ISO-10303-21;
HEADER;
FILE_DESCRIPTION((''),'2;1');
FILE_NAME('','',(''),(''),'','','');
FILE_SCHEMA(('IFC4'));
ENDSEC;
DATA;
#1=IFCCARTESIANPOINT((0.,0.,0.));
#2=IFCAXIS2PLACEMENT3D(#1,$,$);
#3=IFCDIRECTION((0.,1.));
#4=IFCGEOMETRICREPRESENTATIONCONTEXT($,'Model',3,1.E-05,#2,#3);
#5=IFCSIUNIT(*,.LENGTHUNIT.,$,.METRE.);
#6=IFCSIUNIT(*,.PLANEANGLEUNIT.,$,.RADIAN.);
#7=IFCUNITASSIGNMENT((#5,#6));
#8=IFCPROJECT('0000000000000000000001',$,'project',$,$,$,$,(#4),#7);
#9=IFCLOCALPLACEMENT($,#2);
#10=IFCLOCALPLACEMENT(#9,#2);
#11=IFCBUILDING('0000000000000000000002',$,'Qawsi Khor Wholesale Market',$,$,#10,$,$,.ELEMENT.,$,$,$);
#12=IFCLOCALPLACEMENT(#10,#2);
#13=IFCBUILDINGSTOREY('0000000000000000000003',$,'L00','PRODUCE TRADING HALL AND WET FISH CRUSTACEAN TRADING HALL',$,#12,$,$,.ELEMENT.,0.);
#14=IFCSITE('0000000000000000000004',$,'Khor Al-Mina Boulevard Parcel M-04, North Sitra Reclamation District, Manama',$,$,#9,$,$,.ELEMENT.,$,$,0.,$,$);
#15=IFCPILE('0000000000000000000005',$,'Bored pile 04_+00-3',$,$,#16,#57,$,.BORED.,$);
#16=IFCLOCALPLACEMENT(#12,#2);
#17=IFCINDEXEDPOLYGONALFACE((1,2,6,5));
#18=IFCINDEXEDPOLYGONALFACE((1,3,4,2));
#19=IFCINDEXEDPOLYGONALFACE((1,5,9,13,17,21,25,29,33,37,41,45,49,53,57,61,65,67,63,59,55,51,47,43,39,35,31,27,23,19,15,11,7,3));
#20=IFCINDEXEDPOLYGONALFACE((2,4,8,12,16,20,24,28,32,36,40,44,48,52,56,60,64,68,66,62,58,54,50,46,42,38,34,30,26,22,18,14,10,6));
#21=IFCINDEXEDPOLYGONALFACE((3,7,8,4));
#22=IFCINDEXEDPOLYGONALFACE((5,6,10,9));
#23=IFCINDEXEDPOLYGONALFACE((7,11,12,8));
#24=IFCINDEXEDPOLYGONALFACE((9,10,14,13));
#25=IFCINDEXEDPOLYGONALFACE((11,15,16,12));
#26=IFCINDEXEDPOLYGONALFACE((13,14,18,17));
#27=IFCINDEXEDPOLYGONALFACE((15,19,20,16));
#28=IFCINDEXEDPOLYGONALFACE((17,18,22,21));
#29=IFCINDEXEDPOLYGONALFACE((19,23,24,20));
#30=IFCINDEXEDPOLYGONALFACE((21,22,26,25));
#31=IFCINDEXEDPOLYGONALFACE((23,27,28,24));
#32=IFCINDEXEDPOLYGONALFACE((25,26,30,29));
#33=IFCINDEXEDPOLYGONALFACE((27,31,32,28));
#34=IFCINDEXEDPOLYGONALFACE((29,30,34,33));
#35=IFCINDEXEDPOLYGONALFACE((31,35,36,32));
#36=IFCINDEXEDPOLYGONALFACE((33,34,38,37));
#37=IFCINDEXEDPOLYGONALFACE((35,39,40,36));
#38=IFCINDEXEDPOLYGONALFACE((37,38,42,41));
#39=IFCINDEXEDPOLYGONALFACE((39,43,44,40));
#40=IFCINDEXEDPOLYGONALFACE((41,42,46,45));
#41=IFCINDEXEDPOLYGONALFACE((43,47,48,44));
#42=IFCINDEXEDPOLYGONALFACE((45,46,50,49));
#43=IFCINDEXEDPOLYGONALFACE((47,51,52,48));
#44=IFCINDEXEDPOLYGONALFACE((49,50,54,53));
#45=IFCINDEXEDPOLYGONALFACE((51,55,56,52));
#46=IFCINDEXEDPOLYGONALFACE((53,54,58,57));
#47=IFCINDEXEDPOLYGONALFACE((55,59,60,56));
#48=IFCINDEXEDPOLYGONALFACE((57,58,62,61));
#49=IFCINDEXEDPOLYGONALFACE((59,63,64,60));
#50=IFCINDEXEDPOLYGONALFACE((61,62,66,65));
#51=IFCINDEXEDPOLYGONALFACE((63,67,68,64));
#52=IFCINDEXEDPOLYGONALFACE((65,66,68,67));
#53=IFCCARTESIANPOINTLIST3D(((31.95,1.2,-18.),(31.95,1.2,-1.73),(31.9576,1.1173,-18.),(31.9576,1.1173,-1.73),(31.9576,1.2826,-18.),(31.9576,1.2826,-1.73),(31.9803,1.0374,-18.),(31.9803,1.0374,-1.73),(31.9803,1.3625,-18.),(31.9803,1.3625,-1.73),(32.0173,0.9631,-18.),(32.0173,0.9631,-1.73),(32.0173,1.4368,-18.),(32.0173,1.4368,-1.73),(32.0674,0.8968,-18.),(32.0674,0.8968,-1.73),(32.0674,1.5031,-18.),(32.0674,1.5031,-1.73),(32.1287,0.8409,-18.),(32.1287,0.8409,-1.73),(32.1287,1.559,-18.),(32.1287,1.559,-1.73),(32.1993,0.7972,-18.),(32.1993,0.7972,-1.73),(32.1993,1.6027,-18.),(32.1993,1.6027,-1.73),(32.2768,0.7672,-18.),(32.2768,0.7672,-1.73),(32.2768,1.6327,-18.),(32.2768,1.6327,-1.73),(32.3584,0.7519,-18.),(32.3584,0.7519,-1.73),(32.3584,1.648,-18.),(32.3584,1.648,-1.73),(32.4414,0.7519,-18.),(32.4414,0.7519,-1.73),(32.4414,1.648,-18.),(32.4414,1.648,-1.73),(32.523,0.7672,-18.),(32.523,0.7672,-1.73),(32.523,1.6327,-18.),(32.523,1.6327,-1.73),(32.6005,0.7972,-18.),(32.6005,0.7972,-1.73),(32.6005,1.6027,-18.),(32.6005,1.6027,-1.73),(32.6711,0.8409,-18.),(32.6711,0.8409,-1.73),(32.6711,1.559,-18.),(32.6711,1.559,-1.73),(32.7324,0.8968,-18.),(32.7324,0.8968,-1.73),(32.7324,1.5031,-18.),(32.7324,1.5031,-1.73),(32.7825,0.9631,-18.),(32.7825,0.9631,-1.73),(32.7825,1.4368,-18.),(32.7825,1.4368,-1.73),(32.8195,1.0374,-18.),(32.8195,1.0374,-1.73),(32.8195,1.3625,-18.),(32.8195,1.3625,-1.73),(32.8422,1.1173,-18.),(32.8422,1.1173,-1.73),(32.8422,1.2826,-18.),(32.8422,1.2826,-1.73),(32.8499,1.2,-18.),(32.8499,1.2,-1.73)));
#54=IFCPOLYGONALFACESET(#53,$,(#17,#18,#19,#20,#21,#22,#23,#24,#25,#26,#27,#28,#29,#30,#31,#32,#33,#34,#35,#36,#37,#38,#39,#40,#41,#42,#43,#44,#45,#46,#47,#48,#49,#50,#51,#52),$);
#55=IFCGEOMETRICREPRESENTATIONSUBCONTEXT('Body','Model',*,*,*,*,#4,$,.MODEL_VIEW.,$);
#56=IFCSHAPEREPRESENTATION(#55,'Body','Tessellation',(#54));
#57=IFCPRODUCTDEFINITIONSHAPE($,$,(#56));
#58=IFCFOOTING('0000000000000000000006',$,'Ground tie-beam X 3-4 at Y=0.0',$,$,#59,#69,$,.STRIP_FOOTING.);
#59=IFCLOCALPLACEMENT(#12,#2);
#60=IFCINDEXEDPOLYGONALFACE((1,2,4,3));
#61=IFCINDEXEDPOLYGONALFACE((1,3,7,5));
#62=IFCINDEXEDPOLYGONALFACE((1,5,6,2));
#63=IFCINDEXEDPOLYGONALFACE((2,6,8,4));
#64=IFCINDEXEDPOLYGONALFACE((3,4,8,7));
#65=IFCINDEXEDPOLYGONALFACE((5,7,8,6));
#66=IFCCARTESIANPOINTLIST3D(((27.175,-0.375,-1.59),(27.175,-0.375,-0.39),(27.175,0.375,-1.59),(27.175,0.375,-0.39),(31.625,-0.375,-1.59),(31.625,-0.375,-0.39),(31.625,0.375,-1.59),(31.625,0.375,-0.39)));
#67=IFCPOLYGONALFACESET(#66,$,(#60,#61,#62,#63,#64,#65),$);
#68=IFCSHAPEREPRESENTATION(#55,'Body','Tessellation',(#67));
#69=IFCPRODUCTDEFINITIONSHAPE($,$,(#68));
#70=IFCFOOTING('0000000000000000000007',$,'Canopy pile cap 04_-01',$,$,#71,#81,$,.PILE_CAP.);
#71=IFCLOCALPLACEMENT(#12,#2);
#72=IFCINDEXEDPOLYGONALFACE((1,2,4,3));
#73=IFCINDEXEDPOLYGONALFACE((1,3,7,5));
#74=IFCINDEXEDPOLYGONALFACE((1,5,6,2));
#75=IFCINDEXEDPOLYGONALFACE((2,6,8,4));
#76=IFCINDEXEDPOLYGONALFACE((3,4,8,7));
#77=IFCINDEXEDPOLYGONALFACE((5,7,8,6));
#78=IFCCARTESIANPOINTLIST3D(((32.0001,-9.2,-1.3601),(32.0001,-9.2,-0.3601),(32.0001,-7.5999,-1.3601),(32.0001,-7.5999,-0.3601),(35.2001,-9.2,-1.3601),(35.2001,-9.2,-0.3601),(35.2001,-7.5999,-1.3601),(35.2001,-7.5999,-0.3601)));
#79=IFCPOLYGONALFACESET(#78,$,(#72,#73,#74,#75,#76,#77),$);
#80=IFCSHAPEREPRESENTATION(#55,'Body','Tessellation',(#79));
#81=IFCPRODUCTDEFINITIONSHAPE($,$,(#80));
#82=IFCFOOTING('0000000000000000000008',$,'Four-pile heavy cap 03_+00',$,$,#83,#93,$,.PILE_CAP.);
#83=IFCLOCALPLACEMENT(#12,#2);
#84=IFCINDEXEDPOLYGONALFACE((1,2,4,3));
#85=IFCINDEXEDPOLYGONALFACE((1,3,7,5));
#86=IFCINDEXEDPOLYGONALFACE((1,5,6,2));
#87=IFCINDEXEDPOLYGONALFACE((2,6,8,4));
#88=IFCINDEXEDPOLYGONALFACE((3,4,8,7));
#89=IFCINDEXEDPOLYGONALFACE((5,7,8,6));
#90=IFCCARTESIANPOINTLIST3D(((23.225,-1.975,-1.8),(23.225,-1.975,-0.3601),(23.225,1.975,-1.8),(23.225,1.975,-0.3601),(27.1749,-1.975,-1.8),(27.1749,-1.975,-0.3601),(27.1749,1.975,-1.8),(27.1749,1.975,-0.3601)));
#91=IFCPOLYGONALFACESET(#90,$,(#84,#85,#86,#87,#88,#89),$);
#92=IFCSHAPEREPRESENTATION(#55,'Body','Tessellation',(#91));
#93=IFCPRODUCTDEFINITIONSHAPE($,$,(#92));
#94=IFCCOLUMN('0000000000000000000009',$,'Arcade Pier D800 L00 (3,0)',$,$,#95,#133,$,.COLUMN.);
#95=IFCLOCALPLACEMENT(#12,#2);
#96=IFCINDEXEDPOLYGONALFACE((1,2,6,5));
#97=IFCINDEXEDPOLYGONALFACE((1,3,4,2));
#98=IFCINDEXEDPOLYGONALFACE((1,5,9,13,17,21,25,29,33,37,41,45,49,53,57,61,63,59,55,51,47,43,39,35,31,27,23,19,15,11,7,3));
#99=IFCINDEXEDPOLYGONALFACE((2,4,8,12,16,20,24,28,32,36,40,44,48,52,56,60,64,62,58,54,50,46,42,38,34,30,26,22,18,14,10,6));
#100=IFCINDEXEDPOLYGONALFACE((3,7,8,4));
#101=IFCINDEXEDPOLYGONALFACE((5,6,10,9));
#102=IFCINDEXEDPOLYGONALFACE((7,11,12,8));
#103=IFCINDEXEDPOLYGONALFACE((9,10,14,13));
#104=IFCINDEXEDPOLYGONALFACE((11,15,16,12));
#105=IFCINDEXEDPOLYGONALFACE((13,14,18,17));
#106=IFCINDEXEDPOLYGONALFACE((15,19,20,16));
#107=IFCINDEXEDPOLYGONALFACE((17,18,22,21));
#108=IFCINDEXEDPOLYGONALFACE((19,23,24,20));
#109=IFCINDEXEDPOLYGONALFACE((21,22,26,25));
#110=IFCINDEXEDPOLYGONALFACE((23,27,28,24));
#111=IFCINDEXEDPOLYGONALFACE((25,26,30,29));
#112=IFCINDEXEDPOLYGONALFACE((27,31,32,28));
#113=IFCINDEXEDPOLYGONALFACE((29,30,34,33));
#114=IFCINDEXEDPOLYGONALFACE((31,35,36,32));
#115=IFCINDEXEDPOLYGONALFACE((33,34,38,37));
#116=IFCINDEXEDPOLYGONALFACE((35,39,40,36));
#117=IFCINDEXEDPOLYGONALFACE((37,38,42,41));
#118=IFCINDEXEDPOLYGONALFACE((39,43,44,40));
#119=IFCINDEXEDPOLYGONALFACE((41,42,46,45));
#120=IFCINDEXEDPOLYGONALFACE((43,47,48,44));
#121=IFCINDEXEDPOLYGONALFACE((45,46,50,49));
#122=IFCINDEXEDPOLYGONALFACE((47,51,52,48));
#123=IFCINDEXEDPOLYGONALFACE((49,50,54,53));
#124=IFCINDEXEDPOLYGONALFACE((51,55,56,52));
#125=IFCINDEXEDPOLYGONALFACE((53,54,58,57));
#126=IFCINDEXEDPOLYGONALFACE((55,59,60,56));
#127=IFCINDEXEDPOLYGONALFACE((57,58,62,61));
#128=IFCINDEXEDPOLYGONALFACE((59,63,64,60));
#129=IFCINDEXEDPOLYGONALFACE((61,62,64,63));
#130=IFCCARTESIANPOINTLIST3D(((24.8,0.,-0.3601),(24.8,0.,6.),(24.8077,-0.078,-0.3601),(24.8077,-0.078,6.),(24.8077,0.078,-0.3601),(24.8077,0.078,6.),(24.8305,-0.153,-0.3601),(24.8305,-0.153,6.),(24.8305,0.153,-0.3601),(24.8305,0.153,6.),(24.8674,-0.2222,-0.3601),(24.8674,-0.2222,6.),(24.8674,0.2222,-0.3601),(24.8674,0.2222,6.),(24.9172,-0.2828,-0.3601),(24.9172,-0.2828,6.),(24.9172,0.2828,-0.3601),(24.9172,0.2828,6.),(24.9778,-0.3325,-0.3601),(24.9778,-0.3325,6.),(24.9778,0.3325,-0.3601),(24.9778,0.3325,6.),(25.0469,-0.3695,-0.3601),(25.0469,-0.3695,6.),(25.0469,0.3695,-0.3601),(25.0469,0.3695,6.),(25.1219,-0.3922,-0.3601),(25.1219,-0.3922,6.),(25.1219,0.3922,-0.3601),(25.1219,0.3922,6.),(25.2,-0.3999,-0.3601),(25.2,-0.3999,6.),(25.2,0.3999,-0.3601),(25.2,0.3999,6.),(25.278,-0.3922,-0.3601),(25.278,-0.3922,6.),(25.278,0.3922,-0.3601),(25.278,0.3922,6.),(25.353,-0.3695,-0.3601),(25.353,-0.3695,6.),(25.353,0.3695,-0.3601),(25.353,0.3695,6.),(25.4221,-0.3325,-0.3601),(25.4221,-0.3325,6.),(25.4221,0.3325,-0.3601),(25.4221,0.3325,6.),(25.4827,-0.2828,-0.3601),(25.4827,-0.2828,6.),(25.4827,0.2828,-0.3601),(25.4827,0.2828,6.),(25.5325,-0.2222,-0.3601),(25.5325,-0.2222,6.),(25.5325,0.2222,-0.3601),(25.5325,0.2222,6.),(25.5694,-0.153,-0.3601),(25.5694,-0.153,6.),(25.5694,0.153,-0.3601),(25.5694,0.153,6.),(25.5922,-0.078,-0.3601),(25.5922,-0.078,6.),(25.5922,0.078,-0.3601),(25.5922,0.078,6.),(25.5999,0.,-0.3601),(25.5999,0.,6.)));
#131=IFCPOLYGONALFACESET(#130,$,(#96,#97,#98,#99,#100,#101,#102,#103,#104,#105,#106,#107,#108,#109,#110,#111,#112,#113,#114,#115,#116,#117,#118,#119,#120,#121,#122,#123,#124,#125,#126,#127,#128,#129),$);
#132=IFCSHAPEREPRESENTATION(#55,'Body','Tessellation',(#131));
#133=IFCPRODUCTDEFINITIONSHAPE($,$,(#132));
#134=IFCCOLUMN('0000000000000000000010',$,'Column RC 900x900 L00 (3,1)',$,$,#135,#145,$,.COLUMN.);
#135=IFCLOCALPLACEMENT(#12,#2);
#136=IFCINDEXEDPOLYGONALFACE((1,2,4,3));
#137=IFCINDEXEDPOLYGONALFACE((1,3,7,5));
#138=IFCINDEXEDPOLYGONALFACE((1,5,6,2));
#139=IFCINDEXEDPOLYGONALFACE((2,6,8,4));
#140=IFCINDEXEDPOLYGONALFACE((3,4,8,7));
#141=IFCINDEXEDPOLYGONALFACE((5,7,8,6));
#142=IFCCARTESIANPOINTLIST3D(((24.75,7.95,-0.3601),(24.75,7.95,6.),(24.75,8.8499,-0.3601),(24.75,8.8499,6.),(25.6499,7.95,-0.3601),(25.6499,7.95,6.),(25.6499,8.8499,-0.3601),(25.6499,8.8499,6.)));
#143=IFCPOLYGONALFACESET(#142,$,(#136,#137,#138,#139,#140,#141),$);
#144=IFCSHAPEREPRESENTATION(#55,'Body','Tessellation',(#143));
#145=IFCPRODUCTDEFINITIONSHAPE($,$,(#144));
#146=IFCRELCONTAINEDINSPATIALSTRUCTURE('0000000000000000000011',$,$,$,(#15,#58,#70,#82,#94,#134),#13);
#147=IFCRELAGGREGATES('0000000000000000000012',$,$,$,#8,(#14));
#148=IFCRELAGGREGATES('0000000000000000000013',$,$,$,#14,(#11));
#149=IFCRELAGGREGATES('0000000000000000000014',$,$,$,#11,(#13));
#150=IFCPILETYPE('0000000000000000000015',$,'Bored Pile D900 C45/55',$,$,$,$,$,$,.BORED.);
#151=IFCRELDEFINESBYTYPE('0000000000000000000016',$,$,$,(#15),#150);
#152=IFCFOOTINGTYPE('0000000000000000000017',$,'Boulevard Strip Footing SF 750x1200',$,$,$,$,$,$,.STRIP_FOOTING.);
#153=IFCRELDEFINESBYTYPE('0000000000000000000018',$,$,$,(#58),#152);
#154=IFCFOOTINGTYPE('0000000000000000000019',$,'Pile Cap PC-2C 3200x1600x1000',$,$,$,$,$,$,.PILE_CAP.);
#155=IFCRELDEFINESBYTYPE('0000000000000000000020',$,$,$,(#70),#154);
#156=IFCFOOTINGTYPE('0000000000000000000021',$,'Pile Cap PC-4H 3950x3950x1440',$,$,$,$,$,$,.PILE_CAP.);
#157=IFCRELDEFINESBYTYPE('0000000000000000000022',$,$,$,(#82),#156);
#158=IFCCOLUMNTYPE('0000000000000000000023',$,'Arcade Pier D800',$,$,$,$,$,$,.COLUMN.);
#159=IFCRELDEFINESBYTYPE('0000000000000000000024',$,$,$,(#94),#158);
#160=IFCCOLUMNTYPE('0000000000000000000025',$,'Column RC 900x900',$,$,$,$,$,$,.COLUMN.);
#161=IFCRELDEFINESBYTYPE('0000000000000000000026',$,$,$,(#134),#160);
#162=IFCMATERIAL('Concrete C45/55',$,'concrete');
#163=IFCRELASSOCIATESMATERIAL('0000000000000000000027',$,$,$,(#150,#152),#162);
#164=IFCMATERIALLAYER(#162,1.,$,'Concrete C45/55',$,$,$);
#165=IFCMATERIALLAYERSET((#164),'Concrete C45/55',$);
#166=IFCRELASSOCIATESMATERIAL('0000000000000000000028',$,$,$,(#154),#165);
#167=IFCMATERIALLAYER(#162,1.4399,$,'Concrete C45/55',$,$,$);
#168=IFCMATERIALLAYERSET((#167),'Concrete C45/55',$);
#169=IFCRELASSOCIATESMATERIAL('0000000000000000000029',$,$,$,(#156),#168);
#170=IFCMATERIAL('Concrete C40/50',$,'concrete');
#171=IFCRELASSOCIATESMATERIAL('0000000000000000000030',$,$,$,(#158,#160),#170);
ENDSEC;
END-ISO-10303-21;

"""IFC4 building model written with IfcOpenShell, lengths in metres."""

from ifc_helpers import new_model, si_unit, direction, frame, origin, origin_2d, place, context, subcontext, project, spatial, rectangle, circle, extrude, material, layer, layer_set, material_profile, profile_set, type_object, element, save


model = new_model("IFC4")

# Units and contexts
model_context = context("Model", 3, precision=1e-05, world=origin(), true_north=direction((0.0, 1.0)))
body_context = subcontext(model_context, "Body", "Model", "MODEL_VIEW")
ifc_project = project(units=[si_unit("LENGTHUNIT", "METRE"), si_unit("PLANEANGLEUNIT", "RADIAN")], contexts=[model_context])

# Site, building, storey
site_placement = place(None, origin())
site = spatial("IfcSite", under=ifc_project, at=site_placement, Name="Khor Al-Mina Boulevard Parcel M-04, North Sitra Reclamation District, Manama", CompositionType="ELEMENT", RefElevation=0.0)
building_placement = place(site_placement, origin())
building = spatial("IfcBuilding", under=site, at=building_placement, Name="Qawsi Khor Wholesale Market", CompositionType="ELEMENT")
storey_placement = place(building_placement, origin())
storey = spatial("IfcBuildingStorey", under=building, at=storey_placement, Name="L00", Description="PRODUCE TRADING HALL AND WET FISH CRUSTACEAN TRADING HALL", CompositionType="ELEMENT", Elevation=0.0)

# Pile
ifc_material_1 = material(Name="Concrete C45/55", Category="concrete")
ifc_material_profile_1 = material_profile(ifc_material_1, circle(Radius=0.45, at=origin_2d()), Name="PILE D900")
ifc_profile_set_1 = profile_set([ifc_material_profile_1], Name="Concrete C45/55")
pile_type_1 = type_object("IfcPileType", Name="Bored Pile D900 C45/55", PredefinedType="BORED", material=ifc_profile_set_1)
for number, where, z_axis, x_axis, name in (
    (1, (32.3999, 1.2, -1.73), (0.0, 0.0, -1.0), (1.0, 0.0, 0.0), "Bored pile 04_+00-3"),
):
    element("IfcPile", number, at=place(storey_placement, frame(where, z_axis=z_axis, x_axis=x_axis)), inside=storey, type_object=pile_type_1, Name=name, PredefinedType="BORED", context=body_context, shape_type="SweptSolid", body=[
        extrude(circle(Radius=0.45, at=origin_2d()), origin(), (0.0, 0.0, 1.0), 16.27),
    ])

# Footings
ifc_material_profile_2 = material_profile(ifc_material_1, rectangle(XDim=0.75, YDim=1.2, at=origin_2d()), Name="RC 750x1200")
ifc_profile_set_2 = profile_set([ifc_material_profile_2], Name="Concrete C45/55")
footing_type_1 = type_object("IfcFootingType", Name="Boulevard Strip Footing SF 750x1200", PredefinedType="STRIP_FOOTING", material=ifc_profile_set_2)
footing_1_placement = place(storey_placement, frame((27.175, 0.0, -0.99), z_axis=(1.0, 0.0, 0.0), x_axis=(0.0, 1.0, 0.0)))
element("IfcFooting", 2, at=footing_1_placement, inside=storey, type_object=footing_type_1, Name="Ground tie-beam X 3-4 at Y=0.0", PredefinedType="STRIP_FOOTING", context=body_context, shape_type="SweptSolid", body=[
    extrude(rectangle(XDim=0.75, YDim=1.2, at=origin_2d()), origin(), (0.0, 0.0, 1.0), 4.45),
])
ifc_layer_1 = layer(ifc_material_1, 1.0, Name="Concrete C45/55")
ifc_layer_set_1 = layer_set([ifc_layer_1], Name="Concrete C45/55")
footing_type_2 = type_object("IfcFootingType", Name="Pile Cap PC-2C 3200x1600x1000", PredefinedType="PILE_CAP", material=ifc_layer_set_1)
footing_2_placement = place(storey_placement, frame((33.6001, -8.3999, -1.3601), z_axis=(0.0, 0.0, 1.0), x_axis=(1.0, 0.0, 0.0)))
element("IfcFooting", 3, at=footing_2_placement, inside=storey, type_object=footing_type_2, Name="Canopy pile cap 04_-01", PredefinedType="PILE_CAP", context=body_context, shape_type="SweptSolid", body=[
    extrude(rectangle(XDim=3.2, YDim=1.6001, at=origin_2d()), origin(), (0.0, 0.0, 1.0), 1.0),
])
ifc_layer_2 = layer(ifc_material_1, 1.4399, Name="Concrete C45/55")
ifc_layer_set_2 = layer_set([ifc_layer_2], Name="Concrete C45/55")
footing_type_3 = type_object("IfcFootingType", Name="Pile Cap PC-4H 3950x3950x1440", PredefinedType="PILE_CAP", material=ifc_layer_set_2)
footing_3_placement = place(storey_placement, frame((25.2, 0.0, -1.8), z_axis=(0.0, 0.0, 1.0), x_axis=(1.0, 0.0, 0.0)))
element("IfcFooting", 4, at=footing_3_placement, inside=storey, type_object=footing_type_3, Name="Four-pile heavy cap 03_+00", PredefinedType="PILE_CAP", context=body_context, shape_type="SweptSolid", body=[
    extrude(rectangle(XDim=3.95, YDim=3.95, at=origin_2d()), origin(), (0.0, 0.0, 1.0), 1.4399),
])

# Columns
ifc_material_2 = material(Name="Concrete C40/50", Category="concrete")
ifc_material_profile_3 = material_profile(ifc_material_2, circle(Radius=0.3999, at=origin_2d()), Name="RC COL D800")
ifc_profile_set_3 = profile_set([ifc_material_profile_3], Name="Concrete C40/50")
column_type_1 = type_object("IfcColumnType", Name="Arcade Pier D800", PredefinedType="COLUMN", material=ifc_profile_set_3)
column_1_placement = place(storey_placement, frame((25.2, 0.0, -0.3601), z_axis=(0.0, 0.0, 1.0), x_axis=(1.0, 0.0, 0.0)))
element("IfcColumn", 5, at=column_1_placement, inside=storey, type_object=column_type_1, Name="Arcade Pier D800 L00 (3,0)", PredefinedType="COLUMN", context=body_context, shape_type="SweptSolid", body=[
    extrude(circle(Radius=0.3999, at=origin_2d()), origin(), (0.0, 0.0, 1.0), 6.3601),
])
ifc_material_profile_4 = material_profile(ifc_material_2, rectangle(XDim=0.8999, YDim=0.8999, at=origin_2d()), Name="RC 900x900")
ifc_profile_set_4 = profile_set([ifc_material_profile_4], Name="Concrete C40/50")
column_type_2 = type_object("IfcColumnType", Name="Column RC 900x900", PredefinedType="COLUMN", material=ifc_profile_set_4)
column_2_placement = place(storey_placement, frame((25.2, 8.3999, -0.3601), z_axis=(0.0, 0.0, 1.0), x_axis=(1.0, 0.0, 0.0)))
element("IfcColumn", 6, at=column_2_placement, inside=storey, type_object=column_type_2, Name="Column RC 900x900 L00 (3,1)", PredefinedType="COLUMN", context=body_context, shape_type="SweptSolid", body=[
    extrude(rectangle(XDim=0.8999, YDim=0.8999, at=origin_2d()), origin(), (0.0, 0.0, 1.0), 6.3601),
])

save(model, "model.ifc")
